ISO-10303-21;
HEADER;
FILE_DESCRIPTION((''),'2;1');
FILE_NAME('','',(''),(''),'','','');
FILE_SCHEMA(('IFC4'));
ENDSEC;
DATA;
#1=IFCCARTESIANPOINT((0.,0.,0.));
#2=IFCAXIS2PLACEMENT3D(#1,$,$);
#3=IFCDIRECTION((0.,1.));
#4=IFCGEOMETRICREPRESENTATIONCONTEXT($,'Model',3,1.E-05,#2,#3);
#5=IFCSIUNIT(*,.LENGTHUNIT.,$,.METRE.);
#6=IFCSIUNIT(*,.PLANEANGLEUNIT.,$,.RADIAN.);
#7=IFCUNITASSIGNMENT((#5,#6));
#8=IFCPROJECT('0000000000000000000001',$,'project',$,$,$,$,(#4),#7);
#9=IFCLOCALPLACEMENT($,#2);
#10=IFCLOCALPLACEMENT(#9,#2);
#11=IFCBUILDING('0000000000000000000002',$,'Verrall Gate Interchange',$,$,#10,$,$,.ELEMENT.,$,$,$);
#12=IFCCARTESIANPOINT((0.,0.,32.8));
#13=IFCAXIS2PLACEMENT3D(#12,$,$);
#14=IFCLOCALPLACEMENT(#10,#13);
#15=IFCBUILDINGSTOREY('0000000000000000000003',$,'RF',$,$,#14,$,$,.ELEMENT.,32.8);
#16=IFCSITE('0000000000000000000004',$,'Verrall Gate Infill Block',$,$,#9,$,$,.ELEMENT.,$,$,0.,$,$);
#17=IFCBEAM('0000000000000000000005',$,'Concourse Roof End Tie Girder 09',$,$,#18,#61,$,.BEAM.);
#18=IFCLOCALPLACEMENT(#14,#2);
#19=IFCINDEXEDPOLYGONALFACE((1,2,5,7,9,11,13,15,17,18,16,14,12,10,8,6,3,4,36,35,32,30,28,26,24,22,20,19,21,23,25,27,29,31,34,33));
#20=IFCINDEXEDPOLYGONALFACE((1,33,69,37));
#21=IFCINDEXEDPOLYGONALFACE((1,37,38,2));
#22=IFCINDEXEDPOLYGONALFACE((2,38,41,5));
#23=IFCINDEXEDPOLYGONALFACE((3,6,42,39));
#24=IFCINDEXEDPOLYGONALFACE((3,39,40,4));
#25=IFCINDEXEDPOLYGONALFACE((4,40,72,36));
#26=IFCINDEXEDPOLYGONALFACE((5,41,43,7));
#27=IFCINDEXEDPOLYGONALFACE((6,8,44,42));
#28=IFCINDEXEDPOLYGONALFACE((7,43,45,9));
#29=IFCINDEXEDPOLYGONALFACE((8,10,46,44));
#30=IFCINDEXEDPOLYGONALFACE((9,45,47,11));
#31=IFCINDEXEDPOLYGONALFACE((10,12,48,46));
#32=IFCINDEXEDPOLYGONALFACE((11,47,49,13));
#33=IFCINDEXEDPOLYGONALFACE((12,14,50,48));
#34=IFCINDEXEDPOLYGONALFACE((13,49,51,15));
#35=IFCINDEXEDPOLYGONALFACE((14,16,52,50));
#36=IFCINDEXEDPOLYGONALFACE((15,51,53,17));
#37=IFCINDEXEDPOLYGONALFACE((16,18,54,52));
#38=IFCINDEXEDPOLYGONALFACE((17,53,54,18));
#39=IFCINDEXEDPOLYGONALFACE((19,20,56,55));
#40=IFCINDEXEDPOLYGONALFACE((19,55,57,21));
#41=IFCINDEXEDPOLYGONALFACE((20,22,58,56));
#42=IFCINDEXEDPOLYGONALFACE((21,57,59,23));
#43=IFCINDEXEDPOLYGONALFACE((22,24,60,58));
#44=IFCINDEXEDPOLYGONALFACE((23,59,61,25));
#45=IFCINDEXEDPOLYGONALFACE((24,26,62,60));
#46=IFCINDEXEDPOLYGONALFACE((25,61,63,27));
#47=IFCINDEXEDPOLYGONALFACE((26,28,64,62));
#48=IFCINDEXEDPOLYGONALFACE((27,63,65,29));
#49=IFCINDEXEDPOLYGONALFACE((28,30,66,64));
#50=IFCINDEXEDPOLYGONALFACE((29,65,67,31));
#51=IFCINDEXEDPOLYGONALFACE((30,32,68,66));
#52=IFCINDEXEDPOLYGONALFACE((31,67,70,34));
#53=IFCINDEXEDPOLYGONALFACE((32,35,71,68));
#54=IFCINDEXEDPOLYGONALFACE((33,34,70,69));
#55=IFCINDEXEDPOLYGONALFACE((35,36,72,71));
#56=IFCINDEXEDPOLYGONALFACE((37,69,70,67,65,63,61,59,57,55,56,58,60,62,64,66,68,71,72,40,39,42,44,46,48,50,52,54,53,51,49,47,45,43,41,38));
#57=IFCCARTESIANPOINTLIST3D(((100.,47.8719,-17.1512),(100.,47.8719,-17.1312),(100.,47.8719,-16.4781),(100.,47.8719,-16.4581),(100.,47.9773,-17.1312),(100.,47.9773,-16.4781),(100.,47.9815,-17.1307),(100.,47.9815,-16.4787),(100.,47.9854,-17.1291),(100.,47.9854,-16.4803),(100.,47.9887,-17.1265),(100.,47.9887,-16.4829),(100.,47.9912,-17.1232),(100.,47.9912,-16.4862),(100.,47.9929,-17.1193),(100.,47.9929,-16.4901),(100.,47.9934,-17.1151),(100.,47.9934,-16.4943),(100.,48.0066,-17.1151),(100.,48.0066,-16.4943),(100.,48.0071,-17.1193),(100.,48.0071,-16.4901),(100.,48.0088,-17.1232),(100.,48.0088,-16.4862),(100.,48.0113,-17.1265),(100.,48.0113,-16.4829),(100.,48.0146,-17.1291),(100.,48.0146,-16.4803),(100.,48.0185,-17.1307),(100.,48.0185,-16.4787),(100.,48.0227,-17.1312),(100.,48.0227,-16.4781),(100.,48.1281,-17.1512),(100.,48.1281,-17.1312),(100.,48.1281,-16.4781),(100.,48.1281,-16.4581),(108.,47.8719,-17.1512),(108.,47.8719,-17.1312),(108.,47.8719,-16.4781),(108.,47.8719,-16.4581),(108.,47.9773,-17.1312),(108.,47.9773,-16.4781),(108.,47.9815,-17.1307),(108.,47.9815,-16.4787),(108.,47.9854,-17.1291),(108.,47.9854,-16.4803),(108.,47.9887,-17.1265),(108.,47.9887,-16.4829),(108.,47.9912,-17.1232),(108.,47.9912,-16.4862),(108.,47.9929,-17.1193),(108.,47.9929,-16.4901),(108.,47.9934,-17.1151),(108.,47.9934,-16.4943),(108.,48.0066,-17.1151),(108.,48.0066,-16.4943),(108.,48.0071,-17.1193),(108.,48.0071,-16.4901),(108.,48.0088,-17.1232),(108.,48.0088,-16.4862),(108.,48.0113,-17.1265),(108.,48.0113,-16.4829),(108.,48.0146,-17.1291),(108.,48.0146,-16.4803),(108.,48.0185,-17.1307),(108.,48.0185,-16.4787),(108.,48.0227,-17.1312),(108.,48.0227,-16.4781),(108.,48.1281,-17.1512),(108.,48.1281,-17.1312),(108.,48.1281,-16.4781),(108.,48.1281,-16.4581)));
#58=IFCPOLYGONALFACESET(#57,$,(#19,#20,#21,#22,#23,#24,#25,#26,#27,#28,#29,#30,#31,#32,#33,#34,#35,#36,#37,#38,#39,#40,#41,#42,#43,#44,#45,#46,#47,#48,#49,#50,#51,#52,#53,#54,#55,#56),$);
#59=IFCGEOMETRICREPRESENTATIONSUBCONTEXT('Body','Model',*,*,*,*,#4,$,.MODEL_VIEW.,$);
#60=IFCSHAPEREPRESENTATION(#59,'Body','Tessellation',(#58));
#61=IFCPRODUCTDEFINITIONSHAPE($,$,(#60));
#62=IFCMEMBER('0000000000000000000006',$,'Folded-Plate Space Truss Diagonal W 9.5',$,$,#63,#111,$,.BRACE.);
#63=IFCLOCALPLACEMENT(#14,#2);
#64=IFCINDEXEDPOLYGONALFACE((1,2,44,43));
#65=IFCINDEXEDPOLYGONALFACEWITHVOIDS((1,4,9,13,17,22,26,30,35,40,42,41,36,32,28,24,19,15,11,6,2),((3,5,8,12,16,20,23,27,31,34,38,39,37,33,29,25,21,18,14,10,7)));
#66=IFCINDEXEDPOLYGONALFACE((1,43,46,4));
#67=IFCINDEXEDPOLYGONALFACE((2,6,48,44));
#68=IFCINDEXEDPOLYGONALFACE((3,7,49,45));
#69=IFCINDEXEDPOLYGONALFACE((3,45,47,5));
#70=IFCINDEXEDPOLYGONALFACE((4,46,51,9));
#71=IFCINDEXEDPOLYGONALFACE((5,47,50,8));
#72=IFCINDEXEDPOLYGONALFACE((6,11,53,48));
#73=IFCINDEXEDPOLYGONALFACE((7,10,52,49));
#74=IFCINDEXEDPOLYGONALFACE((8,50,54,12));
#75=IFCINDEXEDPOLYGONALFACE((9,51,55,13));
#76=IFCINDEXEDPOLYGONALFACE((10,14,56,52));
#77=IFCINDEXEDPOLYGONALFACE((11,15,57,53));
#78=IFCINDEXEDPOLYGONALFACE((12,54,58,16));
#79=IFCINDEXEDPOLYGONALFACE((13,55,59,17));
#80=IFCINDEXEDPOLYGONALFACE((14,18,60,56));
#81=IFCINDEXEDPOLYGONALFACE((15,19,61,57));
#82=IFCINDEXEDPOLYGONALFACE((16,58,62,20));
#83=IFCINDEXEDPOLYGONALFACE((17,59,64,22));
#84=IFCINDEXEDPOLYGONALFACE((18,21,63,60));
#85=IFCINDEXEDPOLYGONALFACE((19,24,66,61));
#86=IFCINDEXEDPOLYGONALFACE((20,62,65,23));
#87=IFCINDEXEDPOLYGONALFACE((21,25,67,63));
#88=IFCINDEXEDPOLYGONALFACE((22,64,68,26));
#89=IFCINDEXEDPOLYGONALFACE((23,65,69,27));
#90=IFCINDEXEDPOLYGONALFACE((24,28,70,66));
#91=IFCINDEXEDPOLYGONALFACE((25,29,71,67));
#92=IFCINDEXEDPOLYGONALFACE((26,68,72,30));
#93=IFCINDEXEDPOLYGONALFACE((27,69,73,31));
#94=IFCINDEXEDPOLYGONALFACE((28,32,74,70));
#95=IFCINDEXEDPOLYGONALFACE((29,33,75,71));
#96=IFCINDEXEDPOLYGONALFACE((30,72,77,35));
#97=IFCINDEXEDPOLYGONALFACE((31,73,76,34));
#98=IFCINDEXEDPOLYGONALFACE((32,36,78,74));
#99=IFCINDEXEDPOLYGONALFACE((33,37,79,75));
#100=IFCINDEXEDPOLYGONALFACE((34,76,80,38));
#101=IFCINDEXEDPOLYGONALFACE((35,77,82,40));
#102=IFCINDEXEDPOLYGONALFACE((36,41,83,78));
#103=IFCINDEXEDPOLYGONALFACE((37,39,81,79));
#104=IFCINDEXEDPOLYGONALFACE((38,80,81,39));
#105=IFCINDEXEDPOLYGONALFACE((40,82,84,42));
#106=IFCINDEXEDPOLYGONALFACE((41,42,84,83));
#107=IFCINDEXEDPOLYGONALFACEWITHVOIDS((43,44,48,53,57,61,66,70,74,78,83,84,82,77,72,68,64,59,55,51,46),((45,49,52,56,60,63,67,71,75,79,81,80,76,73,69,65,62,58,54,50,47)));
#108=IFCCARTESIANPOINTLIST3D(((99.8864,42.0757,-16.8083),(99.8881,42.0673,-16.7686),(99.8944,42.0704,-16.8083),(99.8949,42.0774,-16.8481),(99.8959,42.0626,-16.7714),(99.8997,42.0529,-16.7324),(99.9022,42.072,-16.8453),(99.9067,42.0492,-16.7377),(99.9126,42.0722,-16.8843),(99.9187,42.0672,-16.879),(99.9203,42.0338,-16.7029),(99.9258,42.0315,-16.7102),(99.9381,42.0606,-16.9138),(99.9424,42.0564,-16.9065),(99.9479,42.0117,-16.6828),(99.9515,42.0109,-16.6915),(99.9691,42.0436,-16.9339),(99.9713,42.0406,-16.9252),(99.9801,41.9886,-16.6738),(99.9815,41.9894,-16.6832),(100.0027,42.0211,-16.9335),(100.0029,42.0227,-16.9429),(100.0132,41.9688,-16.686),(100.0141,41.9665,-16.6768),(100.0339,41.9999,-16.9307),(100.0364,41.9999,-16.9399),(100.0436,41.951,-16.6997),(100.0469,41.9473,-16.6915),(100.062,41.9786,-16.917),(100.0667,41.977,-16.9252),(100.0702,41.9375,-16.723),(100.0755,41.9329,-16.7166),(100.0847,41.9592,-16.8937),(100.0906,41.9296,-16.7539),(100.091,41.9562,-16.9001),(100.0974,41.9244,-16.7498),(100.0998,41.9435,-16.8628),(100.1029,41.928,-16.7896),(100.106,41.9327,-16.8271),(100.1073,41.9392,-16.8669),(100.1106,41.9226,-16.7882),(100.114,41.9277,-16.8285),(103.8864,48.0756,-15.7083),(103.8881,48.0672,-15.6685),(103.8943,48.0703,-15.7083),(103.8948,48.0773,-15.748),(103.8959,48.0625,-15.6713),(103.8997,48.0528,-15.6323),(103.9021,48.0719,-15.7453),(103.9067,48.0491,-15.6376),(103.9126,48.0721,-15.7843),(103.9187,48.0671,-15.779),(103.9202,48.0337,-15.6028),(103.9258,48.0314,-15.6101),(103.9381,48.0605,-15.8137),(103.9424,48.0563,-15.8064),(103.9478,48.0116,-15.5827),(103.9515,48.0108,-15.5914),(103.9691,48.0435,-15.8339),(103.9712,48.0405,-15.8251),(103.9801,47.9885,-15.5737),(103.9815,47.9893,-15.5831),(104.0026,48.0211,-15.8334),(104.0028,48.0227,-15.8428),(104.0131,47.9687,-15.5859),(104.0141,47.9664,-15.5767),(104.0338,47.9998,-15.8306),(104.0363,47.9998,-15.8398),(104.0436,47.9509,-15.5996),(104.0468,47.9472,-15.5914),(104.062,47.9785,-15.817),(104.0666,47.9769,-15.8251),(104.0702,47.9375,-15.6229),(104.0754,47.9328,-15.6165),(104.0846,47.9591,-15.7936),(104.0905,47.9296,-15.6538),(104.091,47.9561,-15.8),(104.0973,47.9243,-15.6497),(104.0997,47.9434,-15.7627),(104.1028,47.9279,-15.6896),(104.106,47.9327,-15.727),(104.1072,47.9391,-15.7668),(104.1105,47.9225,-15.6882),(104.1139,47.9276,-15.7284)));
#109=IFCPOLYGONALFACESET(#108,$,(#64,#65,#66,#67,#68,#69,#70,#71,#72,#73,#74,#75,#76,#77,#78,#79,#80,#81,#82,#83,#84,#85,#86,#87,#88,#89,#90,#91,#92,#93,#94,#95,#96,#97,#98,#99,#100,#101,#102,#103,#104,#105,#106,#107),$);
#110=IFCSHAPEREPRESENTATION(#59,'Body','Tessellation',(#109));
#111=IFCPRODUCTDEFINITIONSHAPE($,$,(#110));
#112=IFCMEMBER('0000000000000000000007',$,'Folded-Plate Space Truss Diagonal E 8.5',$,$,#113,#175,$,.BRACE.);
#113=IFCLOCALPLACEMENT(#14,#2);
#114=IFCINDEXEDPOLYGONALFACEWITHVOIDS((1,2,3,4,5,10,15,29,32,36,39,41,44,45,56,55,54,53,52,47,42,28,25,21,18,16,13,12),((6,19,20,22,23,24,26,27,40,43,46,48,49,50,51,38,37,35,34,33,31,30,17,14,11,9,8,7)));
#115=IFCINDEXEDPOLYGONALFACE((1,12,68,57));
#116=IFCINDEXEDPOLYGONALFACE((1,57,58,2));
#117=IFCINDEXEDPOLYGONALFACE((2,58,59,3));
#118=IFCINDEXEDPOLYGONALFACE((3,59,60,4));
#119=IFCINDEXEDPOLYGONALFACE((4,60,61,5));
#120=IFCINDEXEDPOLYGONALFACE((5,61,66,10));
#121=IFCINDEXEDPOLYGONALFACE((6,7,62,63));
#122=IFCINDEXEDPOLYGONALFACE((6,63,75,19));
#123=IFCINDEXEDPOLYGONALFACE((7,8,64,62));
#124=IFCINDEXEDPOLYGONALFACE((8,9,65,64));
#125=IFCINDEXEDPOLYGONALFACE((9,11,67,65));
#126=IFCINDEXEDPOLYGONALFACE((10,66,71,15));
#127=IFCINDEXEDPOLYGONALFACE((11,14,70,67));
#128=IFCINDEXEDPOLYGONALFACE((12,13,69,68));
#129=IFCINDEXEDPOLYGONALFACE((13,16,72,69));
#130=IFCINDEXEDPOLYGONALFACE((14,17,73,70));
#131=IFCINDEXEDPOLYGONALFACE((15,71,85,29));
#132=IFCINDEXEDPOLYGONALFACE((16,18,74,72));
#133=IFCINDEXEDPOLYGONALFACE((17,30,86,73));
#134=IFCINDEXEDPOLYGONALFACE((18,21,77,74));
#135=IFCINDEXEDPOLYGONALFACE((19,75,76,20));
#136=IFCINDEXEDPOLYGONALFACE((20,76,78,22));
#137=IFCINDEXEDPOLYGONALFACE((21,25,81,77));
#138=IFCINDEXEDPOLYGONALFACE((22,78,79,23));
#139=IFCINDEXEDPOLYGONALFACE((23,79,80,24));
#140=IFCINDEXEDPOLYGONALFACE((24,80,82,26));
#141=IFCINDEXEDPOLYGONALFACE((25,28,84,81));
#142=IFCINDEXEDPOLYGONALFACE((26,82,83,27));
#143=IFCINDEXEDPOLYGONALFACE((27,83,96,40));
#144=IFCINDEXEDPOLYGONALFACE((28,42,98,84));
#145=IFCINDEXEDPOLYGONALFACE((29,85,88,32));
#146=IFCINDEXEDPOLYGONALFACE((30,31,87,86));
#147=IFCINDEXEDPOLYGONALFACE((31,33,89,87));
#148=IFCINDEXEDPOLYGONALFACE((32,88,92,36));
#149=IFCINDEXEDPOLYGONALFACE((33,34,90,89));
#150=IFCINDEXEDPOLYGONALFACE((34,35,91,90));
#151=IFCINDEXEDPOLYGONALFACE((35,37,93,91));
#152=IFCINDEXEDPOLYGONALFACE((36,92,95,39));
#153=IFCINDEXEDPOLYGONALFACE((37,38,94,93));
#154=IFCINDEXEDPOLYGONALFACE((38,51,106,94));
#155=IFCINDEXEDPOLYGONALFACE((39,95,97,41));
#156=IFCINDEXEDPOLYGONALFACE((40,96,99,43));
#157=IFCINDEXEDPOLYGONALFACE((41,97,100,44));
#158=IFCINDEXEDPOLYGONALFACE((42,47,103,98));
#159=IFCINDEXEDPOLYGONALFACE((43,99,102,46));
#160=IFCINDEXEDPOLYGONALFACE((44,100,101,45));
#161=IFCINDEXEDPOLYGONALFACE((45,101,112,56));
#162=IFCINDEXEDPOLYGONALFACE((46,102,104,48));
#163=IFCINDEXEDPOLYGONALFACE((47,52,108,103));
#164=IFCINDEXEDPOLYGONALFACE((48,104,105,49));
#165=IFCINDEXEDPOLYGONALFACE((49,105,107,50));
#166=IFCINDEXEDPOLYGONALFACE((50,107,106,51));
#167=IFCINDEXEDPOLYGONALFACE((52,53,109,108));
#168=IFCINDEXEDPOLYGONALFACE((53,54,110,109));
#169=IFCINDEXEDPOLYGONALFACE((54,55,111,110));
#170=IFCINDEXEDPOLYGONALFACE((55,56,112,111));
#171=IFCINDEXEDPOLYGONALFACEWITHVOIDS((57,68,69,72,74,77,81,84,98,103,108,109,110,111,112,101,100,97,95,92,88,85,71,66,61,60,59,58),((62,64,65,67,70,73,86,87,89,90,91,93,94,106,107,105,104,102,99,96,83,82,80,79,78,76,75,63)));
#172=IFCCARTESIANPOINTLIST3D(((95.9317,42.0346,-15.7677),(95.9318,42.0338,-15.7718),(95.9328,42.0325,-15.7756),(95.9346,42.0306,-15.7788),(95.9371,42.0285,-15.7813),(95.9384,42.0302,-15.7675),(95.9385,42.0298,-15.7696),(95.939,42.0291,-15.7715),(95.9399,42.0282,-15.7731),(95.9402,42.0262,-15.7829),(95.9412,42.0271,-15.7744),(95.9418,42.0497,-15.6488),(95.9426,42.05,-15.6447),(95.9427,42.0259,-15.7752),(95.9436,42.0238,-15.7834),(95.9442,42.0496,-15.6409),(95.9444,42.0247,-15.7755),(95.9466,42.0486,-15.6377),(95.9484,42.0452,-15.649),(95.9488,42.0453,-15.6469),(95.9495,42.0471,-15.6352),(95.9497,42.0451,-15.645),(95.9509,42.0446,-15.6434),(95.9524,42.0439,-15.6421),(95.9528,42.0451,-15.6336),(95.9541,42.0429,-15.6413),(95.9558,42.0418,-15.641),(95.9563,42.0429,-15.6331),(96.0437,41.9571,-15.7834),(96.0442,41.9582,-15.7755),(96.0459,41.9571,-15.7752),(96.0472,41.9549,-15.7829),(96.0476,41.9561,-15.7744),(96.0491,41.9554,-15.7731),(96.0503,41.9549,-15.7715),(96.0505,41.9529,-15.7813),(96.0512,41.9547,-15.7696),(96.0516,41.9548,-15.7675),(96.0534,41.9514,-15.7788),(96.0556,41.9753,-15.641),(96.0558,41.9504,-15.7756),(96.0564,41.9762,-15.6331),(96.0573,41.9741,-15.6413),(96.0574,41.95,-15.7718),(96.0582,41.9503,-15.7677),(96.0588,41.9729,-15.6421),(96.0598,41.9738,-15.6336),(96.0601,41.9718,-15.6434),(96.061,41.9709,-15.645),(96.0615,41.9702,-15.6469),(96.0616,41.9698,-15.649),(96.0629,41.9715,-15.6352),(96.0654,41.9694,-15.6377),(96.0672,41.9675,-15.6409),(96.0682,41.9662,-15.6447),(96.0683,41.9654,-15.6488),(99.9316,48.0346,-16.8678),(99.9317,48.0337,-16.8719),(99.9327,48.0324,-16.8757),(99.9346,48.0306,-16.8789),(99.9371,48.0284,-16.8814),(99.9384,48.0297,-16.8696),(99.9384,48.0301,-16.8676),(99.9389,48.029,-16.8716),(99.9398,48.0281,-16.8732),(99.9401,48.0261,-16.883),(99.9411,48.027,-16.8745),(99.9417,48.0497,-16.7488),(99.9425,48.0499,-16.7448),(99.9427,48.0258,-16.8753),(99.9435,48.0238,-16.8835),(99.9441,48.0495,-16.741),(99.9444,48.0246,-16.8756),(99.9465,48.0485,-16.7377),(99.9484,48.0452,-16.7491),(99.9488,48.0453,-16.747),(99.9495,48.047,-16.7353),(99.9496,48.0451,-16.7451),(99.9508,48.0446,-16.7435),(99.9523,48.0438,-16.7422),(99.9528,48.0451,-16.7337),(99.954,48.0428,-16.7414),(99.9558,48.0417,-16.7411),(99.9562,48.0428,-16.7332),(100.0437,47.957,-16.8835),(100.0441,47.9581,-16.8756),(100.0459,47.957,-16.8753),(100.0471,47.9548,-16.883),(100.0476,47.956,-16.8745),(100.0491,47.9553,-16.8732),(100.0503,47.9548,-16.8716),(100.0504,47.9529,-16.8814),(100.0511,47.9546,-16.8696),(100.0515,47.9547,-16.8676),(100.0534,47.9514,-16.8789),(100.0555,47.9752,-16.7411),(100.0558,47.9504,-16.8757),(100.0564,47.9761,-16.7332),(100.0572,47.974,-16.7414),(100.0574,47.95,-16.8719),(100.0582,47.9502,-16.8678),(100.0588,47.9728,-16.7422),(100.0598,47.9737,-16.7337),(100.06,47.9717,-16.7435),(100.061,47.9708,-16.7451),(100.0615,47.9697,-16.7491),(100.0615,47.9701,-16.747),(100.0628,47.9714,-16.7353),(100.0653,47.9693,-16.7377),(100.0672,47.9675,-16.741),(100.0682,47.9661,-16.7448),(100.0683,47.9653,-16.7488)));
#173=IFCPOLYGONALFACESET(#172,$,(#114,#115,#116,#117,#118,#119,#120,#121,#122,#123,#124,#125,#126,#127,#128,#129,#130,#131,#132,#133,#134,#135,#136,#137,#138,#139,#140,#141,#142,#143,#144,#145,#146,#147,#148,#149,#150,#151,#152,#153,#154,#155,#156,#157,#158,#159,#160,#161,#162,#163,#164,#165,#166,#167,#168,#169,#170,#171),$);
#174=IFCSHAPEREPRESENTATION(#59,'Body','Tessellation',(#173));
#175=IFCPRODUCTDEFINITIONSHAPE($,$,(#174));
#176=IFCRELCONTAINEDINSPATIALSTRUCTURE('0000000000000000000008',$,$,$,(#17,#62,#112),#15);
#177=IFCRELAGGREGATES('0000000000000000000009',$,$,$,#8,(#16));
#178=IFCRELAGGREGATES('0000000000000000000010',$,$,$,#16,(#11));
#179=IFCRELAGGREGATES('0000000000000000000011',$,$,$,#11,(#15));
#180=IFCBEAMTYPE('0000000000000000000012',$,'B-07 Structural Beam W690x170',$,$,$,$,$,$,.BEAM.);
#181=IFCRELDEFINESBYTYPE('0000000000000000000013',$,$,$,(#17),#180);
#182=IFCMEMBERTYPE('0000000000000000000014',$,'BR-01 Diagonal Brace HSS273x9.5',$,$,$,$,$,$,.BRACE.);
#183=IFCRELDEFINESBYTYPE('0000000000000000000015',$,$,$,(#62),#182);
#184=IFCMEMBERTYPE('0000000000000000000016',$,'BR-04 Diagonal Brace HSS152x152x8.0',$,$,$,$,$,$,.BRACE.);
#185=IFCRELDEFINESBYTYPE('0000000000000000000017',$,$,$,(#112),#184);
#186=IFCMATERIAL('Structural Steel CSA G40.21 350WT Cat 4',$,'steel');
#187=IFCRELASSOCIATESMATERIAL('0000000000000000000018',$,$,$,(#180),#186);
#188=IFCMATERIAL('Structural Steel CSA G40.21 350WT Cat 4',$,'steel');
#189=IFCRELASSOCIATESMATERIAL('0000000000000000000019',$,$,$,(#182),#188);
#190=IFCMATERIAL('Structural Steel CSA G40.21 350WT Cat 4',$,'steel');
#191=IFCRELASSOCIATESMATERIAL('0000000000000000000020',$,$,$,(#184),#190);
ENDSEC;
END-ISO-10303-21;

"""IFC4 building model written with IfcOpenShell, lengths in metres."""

from ifc_helpers import new_model, si_unit, direction, frame, origin, origin_2d, place, context, subcontext, project, spatial, hollow_rectangle, hollow_circle, i_section, extrude, material, material_profile, profile_set, type_object, element, save


model = new_model("IFC4")

# Units and contexts
model_context = context("Model", 3, precision=1e-05, world=origin(), true_north=direction((0.0, 1.0)))
body_context = subcontext(model_context, "Body", "Model", "MODEL_VIEW")
ifc_project = project(units=[si_unit("LENGTHUNIT", "METRE"), si_unit("PLANEANGLEUNIT", "RADIAN")], contexts=[model_context])

# Site, building, storey
site_placement = place(None, origin())
site = spatial("IfcSite", under=ifc_project, at=site_placement, Name="Verrall Gate Infill Block", CompositionType="ELEMENT", RefElevation=0.0)
building_placement = place(site_placement, origin())
building = spatial("IfcBuilding", under=site, at=building_placement, Name="Verrall Gate Interchange", CompositionType="ELEMENT")
storey_placement = place(building_placement, frame((0.0, 0.0, 32.8)))
storey = spatial("IfcBuildingStorey", under=building, at=storey_placement, Name="RF", CompositionType="ELEMENT", Elevation=32.8)

# Beam
ifc_material_1 = material(Name="Structural Steel CSA G40.21 350WT Cat 4", Category="steel")
ifc_material_profile_1 = material_profile(ifc_material_1, i_section(OverallWidth=0.2561, OverallDepth=0.6931, WebThickness=0.0132, FlangeThickness=0.02, FilletRadius=0.0161, at=origin_2d()), Name="W690x170")
ifc_profile_set_1 = profile_set([ifc_material_profile_1], Name="Structural Steel CSA G40.21 350WT Cat 4")
beam_type = type_object("IfcBeamType", Name="B-07 Structural Beam W690x170", PredefinedType="BEAM", material=ifc_profile_set_1)
beam_placement = place(storey_placement, frame((100.0, 48.0, -16.8047), z_axis=(1.0, 0.0, 0.0), x_axis=(0.0, 1.0, 0.0)))
element("IfcBeam", 1, at=beam_placement, inside=storey, type_object=beam_type, Name="Concourse Roof End Tie Girder 09", PredefinedType="BEAM", context=body_context, shape_type="SweptSolid", body=[
    extrude(i_section(OverallWidth=0.2561, OverallDepth=0.6931, WebThickness=0.0132, FlangeThickness=0.02, FilletRadius=0.0161, at=origin_2d()), origin(), (0.0, 0.0, 1.0), 8.0),
])

# Members
ifc_material_2 = material(Name="Structural Steel CSA G40.21 350WT Cat 4", Category="steel")
ifc_material_profile_2 = material_profile(ifc_material_2, hollow_circle(Radius=0.1365, WallThickness=0.0095, at=origin_2d()), Name="HSS273x9.5")
ifc_profile_set_2 = profile_set([ifc_material_profile_2], Name="Structural Steel CSA G40.21 350WT Cat 4")
member_type_1 = type_object("IfcMemberType", Name="BR-01 Diagonal Brace HSS273x9.5", PredefinedType="BRACE", material=ifc_profile_set_2)
member_1_placement = place(storey_placement, frame((100.0, 42.0, -16.8083), z_axis=(0.548356, 0.822534, 0.150811), x_axis=(-0.83205, 0.5547, 0.0)))
element("IfcMember", 2, at=member_1_placement, inside=storey, type_object=member_type_1, Name="Folded-Plate Space Truss Diagonal W 9.5", PredefinedType="BRACE", context=body_context, shape_type="SweptSolid", body=[
    extrude(hollow_circle(Radius=0.1365, WallThickness=0.0095, at=origin_2d()), origin(), (0.0, 0.0, 1.0), 7.2944),
])
ifc_material_3 = material(Name="Structural Steel CSA G40.21 350WT Cat 4", Category="steel")
ifc_material_profile_3 = material_profile(ifc_material_3, hollow_rectangle(XDim=0.1521, YDim=0.1521, WallThickness=0.0081, InnerFilletRadius=0.0081, OuterFilletRadius=0.0159, at=origin_2d()), Name="HSS152x152x8.0")
ifc_profile_set_3 = profile_set([ifc_material_profile_3], Name="Structural Steel CSA G40.21 350WT Cat 4")
member_type_2 = type_object("IfcMemberType", Name="BR-04 Diagonal Brace HSS152x152x8.0", PredefinedType="BRACE", material=ifc_profile_set_3)
for number, where, z_axis, x_axis, name in (
    (3, (96.0, 42.0, -15.7083), (0.548356, 0.822534, -0.150811), (-0.83205, 0.5547, 0.0), "Folded-Plate Space Truss Diagonal E 8.5"),
):
    element("IfcMember", number, at=place(storey_placement, frame(where, z_axis=z_axis, x_axis=x_axis)), inside=storey, type_object=member_type_2, Name=name, PredefinedType="BRACE", context=body_context, shape_type="SweptSolid", body=[
        extrude(hollow_rectangle(XDim=0.1521, YDim=0.1521, WallThickness=0.0081, InnerFilletRadius=0.0081, OuterFilletRadius=0.0159, at=origin_2d()), origin(), (0.0, 0.0, 1.0), 7.2944),
    ])

save(model, "model.ifc")
